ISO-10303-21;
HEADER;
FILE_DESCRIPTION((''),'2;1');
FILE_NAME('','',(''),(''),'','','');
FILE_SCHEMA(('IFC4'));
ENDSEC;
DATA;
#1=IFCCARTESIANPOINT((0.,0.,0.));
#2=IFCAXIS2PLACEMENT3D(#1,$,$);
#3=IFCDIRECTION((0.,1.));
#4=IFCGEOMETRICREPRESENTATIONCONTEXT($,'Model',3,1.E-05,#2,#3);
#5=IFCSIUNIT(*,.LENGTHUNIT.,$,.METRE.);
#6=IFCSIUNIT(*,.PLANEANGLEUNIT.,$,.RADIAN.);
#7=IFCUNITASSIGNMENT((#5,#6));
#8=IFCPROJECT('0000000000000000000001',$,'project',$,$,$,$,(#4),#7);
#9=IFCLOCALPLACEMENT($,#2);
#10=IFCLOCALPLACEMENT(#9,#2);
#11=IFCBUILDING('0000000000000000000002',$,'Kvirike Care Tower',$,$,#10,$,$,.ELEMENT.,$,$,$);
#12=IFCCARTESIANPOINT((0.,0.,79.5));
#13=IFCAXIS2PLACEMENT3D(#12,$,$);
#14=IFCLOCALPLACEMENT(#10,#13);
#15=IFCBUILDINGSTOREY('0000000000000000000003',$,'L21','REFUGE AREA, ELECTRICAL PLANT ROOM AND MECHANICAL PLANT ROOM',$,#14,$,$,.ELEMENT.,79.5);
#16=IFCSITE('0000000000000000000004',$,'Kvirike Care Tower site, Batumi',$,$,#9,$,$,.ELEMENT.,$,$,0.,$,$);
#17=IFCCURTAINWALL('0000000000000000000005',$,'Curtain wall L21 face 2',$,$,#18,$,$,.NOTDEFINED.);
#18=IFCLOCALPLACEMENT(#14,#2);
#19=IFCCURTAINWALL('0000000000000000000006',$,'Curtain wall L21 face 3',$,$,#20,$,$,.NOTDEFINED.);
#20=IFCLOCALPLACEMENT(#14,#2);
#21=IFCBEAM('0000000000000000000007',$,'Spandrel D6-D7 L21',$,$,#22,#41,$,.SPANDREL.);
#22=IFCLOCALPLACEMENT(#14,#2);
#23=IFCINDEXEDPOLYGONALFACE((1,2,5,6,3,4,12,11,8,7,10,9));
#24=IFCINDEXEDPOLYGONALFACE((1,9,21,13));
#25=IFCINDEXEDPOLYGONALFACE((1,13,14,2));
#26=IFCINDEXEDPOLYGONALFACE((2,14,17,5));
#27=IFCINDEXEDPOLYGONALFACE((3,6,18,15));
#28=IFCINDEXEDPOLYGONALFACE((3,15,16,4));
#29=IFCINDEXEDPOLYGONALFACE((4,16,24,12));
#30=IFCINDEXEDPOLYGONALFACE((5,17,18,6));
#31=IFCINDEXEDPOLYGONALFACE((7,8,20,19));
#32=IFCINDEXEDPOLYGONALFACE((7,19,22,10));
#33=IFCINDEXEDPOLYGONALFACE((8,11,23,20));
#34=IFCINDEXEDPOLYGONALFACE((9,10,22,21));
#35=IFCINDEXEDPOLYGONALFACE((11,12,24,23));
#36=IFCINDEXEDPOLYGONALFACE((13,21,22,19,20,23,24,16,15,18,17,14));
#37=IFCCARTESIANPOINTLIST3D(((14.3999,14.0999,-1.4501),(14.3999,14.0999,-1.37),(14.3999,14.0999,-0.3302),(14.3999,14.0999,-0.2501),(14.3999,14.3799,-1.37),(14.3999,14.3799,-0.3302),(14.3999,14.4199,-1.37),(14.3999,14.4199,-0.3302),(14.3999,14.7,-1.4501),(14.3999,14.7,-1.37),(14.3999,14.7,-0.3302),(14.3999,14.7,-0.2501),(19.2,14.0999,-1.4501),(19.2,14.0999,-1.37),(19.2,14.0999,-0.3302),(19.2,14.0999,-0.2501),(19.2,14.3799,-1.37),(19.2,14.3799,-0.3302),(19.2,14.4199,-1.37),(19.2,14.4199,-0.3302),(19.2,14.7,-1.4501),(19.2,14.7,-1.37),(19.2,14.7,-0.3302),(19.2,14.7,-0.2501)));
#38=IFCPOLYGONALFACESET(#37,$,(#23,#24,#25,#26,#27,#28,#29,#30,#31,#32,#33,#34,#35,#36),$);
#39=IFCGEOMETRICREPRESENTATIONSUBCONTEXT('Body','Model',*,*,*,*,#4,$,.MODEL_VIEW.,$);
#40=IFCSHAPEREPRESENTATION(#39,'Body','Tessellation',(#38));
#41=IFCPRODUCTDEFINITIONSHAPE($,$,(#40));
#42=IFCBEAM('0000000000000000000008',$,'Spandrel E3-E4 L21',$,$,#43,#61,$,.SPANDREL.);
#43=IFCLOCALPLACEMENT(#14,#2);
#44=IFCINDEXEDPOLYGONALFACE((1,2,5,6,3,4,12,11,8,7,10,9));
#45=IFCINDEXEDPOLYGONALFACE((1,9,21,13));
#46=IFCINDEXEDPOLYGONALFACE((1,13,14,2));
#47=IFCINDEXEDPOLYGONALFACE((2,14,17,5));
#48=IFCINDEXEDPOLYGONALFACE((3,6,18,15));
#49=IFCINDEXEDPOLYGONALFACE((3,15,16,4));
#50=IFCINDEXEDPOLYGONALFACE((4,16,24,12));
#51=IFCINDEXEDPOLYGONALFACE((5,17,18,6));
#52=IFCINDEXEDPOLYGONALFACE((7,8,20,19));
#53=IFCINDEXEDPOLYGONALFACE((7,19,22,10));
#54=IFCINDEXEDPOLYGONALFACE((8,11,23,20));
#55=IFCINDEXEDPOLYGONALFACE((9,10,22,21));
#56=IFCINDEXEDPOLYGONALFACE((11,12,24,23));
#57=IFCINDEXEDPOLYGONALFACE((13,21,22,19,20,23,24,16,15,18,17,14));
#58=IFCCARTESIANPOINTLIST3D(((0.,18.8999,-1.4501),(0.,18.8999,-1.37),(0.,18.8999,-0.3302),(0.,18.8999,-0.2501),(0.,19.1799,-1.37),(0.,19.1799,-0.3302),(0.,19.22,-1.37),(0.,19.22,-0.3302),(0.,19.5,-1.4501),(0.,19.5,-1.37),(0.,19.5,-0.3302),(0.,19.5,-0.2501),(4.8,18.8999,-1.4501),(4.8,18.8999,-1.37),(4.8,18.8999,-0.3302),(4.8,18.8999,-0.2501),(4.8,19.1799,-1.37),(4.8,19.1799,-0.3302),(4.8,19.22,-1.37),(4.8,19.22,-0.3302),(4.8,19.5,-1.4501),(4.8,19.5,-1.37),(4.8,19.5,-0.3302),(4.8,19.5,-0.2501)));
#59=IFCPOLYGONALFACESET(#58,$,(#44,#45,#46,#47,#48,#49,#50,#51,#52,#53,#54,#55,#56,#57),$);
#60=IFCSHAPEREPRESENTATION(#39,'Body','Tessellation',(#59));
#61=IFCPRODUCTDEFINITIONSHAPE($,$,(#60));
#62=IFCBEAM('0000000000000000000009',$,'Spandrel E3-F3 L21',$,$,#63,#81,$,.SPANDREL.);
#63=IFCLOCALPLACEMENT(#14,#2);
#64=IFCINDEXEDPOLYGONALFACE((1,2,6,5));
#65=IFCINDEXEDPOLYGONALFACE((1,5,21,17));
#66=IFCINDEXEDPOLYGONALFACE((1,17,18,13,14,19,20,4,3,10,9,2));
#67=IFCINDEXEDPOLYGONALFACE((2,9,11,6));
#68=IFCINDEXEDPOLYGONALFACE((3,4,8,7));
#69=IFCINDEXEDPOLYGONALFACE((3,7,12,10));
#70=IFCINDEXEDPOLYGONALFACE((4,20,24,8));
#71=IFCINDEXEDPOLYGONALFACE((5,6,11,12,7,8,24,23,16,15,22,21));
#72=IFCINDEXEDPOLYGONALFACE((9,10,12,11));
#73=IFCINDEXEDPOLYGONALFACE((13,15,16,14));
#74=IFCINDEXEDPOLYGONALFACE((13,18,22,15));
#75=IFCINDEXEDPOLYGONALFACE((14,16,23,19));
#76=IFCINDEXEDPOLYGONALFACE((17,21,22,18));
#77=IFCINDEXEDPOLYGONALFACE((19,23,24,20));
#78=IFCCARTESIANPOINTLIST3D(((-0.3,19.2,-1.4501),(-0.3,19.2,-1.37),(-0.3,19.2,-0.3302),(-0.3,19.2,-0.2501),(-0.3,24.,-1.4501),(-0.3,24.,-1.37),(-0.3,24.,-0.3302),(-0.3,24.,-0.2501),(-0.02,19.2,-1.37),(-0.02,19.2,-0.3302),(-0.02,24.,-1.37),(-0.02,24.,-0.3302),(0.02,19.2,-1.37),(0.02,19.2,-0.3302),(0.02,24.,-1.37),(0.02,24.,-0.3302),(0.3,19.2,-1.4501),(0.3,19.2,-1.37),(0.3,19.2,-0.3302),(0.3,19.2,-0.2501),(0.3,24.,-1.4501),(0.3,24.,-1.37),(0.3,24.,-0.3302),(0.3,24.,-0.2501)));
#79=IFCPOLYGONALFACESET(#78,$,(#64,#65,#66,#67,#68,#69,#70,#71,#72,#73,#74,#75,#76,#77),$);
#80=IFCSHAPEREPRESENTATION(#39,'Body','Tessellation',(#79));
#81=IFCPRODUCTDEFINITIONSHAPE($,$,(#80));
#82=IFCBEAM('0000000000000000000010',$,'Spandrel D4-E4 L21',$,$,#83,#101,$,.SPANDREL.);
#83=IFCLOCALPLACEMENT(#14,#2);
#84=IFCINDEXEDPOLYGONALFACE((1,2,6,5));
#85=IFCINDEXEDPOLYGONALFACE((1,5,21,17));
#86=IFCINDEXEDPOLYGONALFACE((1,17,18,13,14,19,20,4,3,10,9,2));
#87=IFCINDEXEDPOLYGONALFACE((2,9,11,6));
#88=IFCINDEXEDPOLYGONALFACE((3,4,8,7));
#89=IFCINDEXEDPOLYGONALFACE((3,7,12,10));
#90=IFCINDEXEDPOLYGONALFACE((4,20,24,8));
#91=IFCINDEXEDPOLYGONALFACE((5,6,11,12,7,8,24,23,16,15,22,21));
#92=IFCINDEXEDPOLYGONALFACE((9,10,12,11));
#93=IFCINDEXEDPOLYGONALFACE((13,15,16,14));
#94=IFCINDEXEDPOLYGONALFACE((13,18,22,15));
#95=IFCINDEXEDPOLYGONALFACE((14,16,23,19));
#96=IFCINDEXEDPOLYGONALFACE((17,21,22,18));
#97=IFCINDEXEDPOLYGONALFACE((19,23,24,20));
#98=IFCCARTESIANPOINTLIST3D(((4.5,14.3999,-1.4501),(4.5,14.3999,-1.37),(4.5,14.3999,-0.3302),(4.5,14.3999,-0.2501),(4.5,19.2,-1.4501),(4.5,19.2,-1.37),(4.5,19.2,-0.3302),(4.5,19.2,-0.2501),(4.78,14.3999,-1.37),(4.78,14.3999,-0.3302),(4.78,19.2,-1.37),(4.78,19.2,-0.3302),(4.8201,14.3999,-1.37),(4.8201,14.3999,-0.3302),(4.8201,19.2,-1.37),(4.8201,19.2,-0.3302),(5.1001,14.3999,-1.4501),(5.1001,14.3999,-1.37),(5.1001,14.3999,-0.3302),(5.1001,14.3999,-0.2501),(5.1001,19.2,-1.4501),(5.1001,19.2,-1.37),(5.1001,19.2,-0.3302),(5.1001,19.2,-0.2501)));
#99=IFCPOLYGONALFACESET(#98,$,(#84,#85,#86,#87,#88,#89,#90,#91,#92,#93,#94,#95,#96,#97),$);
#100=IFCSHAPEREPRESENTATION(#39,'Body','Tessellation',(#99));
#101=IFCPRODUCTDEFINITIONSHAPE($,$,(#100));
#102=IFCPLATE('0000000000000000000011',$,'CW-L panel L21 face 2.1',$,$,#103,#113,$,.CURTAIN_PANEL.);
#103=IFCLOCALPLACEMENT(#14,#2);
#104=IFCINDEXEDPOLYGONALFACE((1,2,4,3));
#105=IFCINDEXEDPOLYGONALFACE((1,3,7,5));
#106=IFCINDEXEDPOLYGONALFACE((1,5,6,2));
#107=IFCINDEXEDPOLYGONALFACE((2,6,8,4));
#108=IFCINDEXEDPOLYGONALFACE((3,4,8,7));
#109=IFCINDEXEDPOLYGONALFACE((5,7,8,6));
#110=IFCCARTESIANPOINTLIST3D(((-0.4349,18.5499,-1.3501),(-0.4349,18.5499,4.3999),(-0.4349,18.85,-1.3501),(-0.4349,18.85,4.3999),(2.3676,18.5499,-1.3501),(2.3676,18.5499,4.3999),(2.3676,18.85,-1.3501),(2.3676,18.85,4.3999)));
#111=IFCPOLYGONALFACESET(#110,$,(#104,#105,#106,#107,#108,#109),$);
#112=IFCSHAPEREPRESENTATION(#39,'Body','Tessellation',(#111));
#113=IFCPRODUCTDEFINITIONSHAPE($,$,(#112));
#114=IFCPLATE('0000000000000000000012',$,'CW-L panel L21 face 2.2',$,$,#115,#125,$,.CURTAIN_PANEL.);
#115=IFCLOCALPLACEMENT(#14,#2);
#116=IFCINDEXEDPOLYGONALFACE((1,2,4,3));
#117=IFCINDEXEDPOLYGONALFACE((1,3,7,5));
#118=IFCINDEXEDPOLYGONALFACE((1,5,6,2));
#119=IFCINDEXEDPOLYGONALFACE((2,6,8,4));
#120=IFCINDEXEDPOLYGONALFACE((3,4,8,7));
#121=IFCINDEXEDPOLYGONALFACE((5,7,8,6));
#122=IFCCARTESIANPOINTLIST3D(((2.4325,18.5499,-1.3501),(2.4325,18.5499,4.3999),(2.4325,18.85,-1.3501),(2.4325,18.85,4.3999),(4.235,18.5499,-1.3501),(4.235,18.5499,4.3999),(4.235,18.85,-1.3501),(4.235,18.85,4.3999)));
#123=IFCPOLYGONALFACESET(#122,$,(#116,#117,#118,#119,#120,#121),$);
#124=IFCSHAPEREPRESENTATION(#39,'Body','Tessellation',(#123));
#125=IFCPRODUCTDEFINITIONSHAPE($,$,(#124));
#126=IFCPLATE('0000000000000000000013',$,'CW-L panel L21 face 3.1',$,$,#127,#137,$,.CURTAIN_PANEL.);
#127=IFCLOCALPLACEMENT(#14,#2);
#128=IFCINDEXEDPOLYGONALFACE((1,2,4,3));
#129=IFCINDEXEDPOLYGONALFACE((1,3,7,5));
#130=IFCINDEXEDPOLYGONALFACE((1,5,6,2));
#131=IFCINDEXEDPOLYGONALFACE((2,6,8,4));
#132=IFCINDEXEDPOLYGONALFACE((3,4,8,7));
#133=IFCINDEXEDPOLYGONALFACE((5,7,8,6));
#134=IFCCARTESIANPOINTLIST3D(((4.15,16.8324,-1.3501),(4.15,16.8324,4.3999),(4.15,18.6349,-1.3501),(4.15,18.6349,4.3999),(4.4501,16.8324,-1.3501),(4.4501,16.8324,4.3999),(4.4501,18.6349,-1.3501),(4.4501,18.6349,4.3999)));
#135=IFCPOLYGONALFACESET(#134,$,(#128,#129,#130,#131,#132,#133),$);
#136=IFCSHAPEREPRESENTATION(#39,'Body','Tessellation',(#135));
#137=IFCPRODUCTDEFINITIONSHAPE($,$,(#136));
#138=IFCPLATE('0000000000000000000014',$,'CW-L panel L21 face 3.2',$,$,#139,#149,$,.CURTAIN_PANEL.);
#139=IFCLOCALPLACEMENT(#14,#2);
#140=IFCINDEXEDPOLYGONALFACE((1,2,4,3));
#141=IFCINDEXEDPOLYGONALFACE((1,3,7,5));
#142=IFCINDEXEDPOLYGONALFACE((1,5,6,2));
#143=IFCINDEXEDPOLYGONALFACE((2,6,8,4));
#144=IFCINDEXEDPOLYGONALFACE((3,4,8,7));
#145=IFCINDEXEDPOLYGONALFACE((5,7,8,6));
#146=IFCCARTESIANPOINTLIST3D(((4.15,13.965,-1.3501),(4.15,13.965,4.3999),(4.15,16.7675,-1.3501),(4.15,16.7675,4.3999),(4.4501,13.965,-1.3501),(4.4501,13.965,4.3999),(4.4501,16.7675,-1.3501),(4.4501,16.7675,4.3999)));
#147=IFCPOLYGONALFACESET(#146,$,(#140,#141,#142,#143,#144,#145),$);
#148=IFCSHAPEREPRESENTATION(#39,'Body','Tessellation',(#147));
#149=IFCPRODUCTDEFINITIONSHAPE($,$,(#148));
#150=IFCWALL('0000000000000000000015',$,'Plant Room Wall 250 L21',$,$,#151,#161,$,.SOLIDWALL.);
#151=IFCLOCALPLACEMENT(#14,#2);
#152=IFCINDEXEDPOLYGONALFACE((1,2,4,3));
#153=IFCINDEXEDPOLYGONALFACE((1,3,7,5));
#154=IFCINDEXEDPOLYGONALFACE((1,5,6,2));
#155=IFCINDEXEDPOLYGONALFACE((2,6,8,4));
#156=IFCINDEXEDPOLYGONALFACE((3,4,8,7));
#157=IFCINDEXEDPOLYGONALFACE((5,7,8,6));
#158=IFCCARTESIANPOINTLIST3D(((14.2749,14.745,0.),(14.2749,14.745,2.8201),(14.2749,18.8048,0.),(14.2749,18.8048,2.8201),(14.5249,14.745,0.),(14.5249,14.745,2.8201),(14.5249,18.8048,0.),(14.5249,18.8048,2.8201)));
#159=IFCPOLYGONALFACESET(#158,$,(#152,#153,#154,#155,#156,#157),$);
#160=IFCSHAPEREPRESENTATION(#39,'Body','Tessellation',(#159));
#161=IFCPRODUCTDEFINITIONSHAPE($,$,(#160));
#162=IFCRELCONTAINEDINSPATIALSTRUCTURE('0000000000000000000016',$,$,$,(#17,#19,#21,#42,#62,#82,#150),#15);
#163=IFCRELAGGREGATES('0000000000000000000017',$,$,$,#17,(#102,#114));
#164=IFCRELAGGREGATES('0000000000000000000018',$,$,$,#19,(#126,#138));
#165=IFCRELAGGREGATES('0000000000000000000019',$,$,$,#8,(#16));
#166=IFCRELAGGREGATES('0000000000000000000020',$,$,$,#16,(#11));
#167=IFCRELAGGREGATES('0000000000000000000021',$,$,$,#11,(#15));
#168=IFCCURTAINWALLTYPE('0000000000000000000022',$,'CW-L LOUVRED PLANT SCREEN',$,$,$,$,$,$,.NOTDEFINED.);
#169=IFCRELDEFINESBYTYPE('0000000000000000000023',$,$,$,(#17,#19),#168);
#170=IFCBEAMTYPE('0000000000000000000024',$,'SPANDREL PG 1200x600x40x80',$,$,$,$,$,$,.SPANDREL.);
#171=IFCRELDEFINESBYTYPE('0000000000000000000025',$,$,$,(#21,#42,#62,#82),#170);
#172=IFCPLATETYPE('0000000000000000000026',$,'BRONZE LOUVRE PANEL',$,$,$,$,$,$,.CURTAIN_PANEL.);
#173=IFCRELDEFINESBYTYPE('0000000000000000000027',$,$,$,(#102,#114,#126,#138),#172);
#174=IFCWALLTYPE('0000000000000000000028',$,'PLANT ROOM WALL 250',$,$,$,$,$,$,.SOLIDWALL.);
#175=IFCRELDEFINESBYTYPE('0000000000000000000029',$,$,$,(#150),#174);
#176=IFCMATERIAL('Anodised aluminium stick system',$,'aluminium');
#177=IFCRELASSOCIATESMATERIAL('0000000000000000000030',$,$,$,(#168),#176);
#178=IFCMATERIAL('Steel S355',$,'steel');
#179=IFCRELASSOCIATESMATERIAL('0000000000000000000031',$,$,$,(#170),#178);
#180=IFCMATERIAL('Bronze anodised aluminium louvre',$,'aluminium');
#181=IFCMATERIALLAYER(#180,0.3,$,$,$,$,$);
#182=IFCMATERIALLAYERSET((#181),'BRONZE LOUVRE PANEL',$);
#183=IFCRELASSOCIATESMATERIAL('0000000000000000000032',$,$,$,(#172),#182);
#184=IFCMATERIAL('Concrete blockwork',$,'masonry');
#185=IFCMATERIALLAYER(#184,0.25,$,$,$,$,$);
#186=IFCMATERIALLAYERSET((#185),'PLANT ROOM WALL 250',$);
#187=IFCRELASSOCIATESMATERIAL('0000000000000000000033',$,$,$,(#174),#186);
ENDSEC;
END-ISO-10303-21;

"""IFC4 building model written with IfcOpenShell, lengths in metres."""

from ifc_helpers import new_model, si_unit, direction, frame, frame_2d, origin, origin_2d, place, context, subcontext, project, spatial, rectangle, i_section, extrude, material, layer, layer_set, material_profile, profile_set, type_object, element, aggregate, save


model = new_model("IFC4")

# Units and contexts
model_context = context("Model", 3, precision=1e-05, world=origin(), true_north=direction((0.0, 1.0)))
body_context = subcontext(model_context, "Body", "Model", "MODEL_VIEW")
ifc_project = project(units=[si_unit("LENGTHUNIT", "METRE"), si_unit("PLANEANGLEUNIT", "RADIAN")], contexts=[model_context])

# Site, building, storey
site_placement = place(None, origin())
site = spatial("IfcSite", under=ifc_project, at=site_placement, Name="Kvirike Care Tower site, Batumi", CompositionType="ELEMENT", RefElevation=0.0)
building_placement = place(site_placement, origin())
building = spatial("IfcBuilding", under=site, at=building_placement, Name="Kvirike Care Tower", CompositionType="ELEMENT")
storey_placement = place(building_placement, frame((0.0, 0.0, 79.5)))
storey = spatial("IfcBuildingStorey", under=building, at=storey_placement, Name="L21", Description="REFUGE AREA, ELECTRICAL PLANT ROOM AND MECHANICAL PLANT ROOM", CompositionType="ELEMENT", Elevation=79.5)

# Shared definitions
ifc_material_1 = material(Name="Anodised aluminium stick system", Category="aluminium")
curtain_wall_type = type_object("IfcCurtainWallType", Name="CW-L LOUVRED PLANT SCREEN", PredefinedType="NOTDEFINED", material=ifc_material_1)

# Curtain walls
curtain_wall_1_placement = place(storey_placement, origin())
curtain_wall_1 = element("IfcCurtainWall", 1, at=curtain_wall_1_placement, inside=storey, type_object=curtain_wall_type, Name="Curtain wall L21 face 2", PredefinedType="NOTDEFINED")
curtain_wall_2_placement = place(storey_placement, origin())
curtain_wall_2 = element("IfcCurtainWall", 2, at=curtain_wall_2_placement, inside=storey, type_object=curtain_wall_type, Name="Curtain wall L21 face 3", PredefinedType="NOTDEFINED")

# Beams
ifc_material_2 = material(Name="Steel S355", Category="steel")
ifc_material_profile_1 = material_profile(ifc_material_2, i_section(OverallWidth=0.6001, OverallDepth=1.2, WebThickness=0.04, FlangeThickness=0.0801, at=origin_2d()), Name="PG 1200x600x40x80")
ifc_profile_set_1 = profile_set([ifc_material_profile_1], Name="Steel S355")
beam_type_1 = type_object("IfcBeamType", Name="SPANDREL PG 1200x600x40x80", PredefinedType="SPANDREL", material=ifc_profile_set_1)
for number, where, z_axis, x_axis, name in (
    (3, (14.3999, 14.3999, -0.8501), (1.0, 0.0, 0.0), (0.0, 1.0, 0.0), "Spandrel D6-D7 L21"),
    (4, (0.0, 19.2, -0.8501), (1.0, 0.0, 0.0), (0.0, 1.0, 0.0), "Spandrel E3-E4 L21"),
    (5, (0.0, 19.2, -0.8501), (0.0, 1.0, 0.0), (-1.0, 0.0, 0.0), "Spandrel E3-F3 L21"),
    (6, (4.8, 14.3999, -0.8501), (0.0, 1.0, 0.0), (-1.0, 0.0, 0.0), "Spandrel D4-E4 L21"),
):
    element("IfcBeam", number, at=place(storey_placement, frame(where, z_axis=z_axis, x_axis=x_axis)), inside=storey, type_object=beam_type_1, Name=name, PredefinedType="SPANDREL", context=body_context, shape_type="SweptSolid", body=[
        extrude(i_section(OverallWidth=0.6001, OverallDepth=1.2, WebThickness=0.04, FlangeThickness=0.0801, at=origin_2d()), origin(), (0.0, 0.0, 1.0), 4.8),
    ])

# Plates
ifc_material_3 = material(Name="Bronze anodised aluminium louvre", Category="aluminium")
ifc_layer_1 = layer(ifc_material_3, 0.3)
ifc_layer_set_1 = layer_set([ifc_layer_1], Name="BRONZE LOUVRE PANEL")
plate_type = type_object("IfcPlateType", Name="BRONZE LOUVRE PANEL", PredefinedType="CURTAIN_PANEL", material=ifc_layer_set_1)
plate_1_placement = place(storey_placement, frame((0.9663, 18.7, -1.3501), z_axis=(0.0, 0.0, 1.0), x_axis=(1.0, 0.0, 0.0)))
plate_1 = element("IfcPlate", 7, at=plate_1_placement, type_object=plate_type, Name="CW-L panel L21 face 2.1", PredefinedType="CURTAIN_PANEL", context=body_context, shape_type="SweptSolid", body=[
    extrude(rectangle(XDim=2.8025, YDim=0.3, at=origin_2d()), origin(), (0.0, 0.0, 1.0), 5.75),
])
plate_2_placement = place(storey_placement, frame((3.3337, 18.7, -1.3501), z_axis=(0.0, 0.0, 1.0), x_axis=(1.0, 0.0, 0.0)))
plate_2 = element("IfcPlate", 8, at=plate_2_placement, type_object=plate_type, Name="CW-L panel L21 face 2.2", PredefinedType="CURTAIN_PANEL", context=body_context, shape_type="SweptSolid", body=[
    extrude(rectangle(XDim=1.8025, YDim=0.3, at=origin_2d()), origin(), (0.0, 0.0, 1.0), 5.75),
])
aggregate(curtain_wall_1, [plate_1, plate_2])
plate_3_placement = place(storey_placement, frame((4.3, 17.7336, -1.3501), z_axis=(0.0, 0.0, 1.0), x_axis=(0.0, -1.0, 0.0)))
plate_3 = element("IfcPlate", 9, at=plate_3_placement, type_object=plate_type, Name="CW-L panel L21 face 3.1", PredefinedType="CURTAIN_PANEL", context=body_context, shape_type="SweptSolid", body=[
    extrude(rectangle(XDim=1.8025, YDim=0.3, at=origin_2d()), origin(), (0.0, 0.0, 1.0), 5.75),
])
plate_4_placement = place(storey_placement, frame((4.3, 15.3662, -1.3501), z_axis=(0.0, 0.0, 1.0), x_axis=(0.0, -1.0, 0.0)))
plate_4 = element("IfcPlate", 10, at=plate_4_placement, type_object=plate_type, Name="CW-L panel L21 face 3.2", PredefinedType="CURTAIN_PANEL", context=body_context, shape_type="SweptSolid", body=[
    extrude(rectangle(XDim=2.8025, YDim=0.3, at=origin_2d()), origin(), (0.0, 0.0, 1.0), 5.75),
])
aggregate(curtain_wall_2, [plate_3, plate_4])

# Wall
ifc_material_4 = material(Name="Concrete blockwork", Category="masonry")
ifc_layer_2 = layer(ifc_material_4, 0.25)
ifc_layer_set_2 = layer_set([ifc_layer_2], Name="PLANT ROOM WALL 250")
wall_type = type_object("IfcWallType", Name="PLANT ROOM WALL 250", PredefinedType="SOLIDWALL", material=ifc_layer_set_2)
wall_placement = place(storey_placement, frame((14.3999, 14.7451, 0.0), z_axis=(0.0, 0.0, 1.0), x_axis=(0.0, 1.0, 0.0)))
element("IfcWall", 11, at=wall_placement, inside=storey, type_object=wall_type, Name="Plant Room Wall 250 L21", PredefinedType="SOLIDWALL", context=body_context, shape_type="SweptSolid", body=[
    extrude(rectangle(XDim=4.0598, YDim=0.25, at=frame_2d((2.0298, 0.0))), origin(), (0.0, 0.0, 1.0), 2.8201),
])

save(model, "model.ifc")
